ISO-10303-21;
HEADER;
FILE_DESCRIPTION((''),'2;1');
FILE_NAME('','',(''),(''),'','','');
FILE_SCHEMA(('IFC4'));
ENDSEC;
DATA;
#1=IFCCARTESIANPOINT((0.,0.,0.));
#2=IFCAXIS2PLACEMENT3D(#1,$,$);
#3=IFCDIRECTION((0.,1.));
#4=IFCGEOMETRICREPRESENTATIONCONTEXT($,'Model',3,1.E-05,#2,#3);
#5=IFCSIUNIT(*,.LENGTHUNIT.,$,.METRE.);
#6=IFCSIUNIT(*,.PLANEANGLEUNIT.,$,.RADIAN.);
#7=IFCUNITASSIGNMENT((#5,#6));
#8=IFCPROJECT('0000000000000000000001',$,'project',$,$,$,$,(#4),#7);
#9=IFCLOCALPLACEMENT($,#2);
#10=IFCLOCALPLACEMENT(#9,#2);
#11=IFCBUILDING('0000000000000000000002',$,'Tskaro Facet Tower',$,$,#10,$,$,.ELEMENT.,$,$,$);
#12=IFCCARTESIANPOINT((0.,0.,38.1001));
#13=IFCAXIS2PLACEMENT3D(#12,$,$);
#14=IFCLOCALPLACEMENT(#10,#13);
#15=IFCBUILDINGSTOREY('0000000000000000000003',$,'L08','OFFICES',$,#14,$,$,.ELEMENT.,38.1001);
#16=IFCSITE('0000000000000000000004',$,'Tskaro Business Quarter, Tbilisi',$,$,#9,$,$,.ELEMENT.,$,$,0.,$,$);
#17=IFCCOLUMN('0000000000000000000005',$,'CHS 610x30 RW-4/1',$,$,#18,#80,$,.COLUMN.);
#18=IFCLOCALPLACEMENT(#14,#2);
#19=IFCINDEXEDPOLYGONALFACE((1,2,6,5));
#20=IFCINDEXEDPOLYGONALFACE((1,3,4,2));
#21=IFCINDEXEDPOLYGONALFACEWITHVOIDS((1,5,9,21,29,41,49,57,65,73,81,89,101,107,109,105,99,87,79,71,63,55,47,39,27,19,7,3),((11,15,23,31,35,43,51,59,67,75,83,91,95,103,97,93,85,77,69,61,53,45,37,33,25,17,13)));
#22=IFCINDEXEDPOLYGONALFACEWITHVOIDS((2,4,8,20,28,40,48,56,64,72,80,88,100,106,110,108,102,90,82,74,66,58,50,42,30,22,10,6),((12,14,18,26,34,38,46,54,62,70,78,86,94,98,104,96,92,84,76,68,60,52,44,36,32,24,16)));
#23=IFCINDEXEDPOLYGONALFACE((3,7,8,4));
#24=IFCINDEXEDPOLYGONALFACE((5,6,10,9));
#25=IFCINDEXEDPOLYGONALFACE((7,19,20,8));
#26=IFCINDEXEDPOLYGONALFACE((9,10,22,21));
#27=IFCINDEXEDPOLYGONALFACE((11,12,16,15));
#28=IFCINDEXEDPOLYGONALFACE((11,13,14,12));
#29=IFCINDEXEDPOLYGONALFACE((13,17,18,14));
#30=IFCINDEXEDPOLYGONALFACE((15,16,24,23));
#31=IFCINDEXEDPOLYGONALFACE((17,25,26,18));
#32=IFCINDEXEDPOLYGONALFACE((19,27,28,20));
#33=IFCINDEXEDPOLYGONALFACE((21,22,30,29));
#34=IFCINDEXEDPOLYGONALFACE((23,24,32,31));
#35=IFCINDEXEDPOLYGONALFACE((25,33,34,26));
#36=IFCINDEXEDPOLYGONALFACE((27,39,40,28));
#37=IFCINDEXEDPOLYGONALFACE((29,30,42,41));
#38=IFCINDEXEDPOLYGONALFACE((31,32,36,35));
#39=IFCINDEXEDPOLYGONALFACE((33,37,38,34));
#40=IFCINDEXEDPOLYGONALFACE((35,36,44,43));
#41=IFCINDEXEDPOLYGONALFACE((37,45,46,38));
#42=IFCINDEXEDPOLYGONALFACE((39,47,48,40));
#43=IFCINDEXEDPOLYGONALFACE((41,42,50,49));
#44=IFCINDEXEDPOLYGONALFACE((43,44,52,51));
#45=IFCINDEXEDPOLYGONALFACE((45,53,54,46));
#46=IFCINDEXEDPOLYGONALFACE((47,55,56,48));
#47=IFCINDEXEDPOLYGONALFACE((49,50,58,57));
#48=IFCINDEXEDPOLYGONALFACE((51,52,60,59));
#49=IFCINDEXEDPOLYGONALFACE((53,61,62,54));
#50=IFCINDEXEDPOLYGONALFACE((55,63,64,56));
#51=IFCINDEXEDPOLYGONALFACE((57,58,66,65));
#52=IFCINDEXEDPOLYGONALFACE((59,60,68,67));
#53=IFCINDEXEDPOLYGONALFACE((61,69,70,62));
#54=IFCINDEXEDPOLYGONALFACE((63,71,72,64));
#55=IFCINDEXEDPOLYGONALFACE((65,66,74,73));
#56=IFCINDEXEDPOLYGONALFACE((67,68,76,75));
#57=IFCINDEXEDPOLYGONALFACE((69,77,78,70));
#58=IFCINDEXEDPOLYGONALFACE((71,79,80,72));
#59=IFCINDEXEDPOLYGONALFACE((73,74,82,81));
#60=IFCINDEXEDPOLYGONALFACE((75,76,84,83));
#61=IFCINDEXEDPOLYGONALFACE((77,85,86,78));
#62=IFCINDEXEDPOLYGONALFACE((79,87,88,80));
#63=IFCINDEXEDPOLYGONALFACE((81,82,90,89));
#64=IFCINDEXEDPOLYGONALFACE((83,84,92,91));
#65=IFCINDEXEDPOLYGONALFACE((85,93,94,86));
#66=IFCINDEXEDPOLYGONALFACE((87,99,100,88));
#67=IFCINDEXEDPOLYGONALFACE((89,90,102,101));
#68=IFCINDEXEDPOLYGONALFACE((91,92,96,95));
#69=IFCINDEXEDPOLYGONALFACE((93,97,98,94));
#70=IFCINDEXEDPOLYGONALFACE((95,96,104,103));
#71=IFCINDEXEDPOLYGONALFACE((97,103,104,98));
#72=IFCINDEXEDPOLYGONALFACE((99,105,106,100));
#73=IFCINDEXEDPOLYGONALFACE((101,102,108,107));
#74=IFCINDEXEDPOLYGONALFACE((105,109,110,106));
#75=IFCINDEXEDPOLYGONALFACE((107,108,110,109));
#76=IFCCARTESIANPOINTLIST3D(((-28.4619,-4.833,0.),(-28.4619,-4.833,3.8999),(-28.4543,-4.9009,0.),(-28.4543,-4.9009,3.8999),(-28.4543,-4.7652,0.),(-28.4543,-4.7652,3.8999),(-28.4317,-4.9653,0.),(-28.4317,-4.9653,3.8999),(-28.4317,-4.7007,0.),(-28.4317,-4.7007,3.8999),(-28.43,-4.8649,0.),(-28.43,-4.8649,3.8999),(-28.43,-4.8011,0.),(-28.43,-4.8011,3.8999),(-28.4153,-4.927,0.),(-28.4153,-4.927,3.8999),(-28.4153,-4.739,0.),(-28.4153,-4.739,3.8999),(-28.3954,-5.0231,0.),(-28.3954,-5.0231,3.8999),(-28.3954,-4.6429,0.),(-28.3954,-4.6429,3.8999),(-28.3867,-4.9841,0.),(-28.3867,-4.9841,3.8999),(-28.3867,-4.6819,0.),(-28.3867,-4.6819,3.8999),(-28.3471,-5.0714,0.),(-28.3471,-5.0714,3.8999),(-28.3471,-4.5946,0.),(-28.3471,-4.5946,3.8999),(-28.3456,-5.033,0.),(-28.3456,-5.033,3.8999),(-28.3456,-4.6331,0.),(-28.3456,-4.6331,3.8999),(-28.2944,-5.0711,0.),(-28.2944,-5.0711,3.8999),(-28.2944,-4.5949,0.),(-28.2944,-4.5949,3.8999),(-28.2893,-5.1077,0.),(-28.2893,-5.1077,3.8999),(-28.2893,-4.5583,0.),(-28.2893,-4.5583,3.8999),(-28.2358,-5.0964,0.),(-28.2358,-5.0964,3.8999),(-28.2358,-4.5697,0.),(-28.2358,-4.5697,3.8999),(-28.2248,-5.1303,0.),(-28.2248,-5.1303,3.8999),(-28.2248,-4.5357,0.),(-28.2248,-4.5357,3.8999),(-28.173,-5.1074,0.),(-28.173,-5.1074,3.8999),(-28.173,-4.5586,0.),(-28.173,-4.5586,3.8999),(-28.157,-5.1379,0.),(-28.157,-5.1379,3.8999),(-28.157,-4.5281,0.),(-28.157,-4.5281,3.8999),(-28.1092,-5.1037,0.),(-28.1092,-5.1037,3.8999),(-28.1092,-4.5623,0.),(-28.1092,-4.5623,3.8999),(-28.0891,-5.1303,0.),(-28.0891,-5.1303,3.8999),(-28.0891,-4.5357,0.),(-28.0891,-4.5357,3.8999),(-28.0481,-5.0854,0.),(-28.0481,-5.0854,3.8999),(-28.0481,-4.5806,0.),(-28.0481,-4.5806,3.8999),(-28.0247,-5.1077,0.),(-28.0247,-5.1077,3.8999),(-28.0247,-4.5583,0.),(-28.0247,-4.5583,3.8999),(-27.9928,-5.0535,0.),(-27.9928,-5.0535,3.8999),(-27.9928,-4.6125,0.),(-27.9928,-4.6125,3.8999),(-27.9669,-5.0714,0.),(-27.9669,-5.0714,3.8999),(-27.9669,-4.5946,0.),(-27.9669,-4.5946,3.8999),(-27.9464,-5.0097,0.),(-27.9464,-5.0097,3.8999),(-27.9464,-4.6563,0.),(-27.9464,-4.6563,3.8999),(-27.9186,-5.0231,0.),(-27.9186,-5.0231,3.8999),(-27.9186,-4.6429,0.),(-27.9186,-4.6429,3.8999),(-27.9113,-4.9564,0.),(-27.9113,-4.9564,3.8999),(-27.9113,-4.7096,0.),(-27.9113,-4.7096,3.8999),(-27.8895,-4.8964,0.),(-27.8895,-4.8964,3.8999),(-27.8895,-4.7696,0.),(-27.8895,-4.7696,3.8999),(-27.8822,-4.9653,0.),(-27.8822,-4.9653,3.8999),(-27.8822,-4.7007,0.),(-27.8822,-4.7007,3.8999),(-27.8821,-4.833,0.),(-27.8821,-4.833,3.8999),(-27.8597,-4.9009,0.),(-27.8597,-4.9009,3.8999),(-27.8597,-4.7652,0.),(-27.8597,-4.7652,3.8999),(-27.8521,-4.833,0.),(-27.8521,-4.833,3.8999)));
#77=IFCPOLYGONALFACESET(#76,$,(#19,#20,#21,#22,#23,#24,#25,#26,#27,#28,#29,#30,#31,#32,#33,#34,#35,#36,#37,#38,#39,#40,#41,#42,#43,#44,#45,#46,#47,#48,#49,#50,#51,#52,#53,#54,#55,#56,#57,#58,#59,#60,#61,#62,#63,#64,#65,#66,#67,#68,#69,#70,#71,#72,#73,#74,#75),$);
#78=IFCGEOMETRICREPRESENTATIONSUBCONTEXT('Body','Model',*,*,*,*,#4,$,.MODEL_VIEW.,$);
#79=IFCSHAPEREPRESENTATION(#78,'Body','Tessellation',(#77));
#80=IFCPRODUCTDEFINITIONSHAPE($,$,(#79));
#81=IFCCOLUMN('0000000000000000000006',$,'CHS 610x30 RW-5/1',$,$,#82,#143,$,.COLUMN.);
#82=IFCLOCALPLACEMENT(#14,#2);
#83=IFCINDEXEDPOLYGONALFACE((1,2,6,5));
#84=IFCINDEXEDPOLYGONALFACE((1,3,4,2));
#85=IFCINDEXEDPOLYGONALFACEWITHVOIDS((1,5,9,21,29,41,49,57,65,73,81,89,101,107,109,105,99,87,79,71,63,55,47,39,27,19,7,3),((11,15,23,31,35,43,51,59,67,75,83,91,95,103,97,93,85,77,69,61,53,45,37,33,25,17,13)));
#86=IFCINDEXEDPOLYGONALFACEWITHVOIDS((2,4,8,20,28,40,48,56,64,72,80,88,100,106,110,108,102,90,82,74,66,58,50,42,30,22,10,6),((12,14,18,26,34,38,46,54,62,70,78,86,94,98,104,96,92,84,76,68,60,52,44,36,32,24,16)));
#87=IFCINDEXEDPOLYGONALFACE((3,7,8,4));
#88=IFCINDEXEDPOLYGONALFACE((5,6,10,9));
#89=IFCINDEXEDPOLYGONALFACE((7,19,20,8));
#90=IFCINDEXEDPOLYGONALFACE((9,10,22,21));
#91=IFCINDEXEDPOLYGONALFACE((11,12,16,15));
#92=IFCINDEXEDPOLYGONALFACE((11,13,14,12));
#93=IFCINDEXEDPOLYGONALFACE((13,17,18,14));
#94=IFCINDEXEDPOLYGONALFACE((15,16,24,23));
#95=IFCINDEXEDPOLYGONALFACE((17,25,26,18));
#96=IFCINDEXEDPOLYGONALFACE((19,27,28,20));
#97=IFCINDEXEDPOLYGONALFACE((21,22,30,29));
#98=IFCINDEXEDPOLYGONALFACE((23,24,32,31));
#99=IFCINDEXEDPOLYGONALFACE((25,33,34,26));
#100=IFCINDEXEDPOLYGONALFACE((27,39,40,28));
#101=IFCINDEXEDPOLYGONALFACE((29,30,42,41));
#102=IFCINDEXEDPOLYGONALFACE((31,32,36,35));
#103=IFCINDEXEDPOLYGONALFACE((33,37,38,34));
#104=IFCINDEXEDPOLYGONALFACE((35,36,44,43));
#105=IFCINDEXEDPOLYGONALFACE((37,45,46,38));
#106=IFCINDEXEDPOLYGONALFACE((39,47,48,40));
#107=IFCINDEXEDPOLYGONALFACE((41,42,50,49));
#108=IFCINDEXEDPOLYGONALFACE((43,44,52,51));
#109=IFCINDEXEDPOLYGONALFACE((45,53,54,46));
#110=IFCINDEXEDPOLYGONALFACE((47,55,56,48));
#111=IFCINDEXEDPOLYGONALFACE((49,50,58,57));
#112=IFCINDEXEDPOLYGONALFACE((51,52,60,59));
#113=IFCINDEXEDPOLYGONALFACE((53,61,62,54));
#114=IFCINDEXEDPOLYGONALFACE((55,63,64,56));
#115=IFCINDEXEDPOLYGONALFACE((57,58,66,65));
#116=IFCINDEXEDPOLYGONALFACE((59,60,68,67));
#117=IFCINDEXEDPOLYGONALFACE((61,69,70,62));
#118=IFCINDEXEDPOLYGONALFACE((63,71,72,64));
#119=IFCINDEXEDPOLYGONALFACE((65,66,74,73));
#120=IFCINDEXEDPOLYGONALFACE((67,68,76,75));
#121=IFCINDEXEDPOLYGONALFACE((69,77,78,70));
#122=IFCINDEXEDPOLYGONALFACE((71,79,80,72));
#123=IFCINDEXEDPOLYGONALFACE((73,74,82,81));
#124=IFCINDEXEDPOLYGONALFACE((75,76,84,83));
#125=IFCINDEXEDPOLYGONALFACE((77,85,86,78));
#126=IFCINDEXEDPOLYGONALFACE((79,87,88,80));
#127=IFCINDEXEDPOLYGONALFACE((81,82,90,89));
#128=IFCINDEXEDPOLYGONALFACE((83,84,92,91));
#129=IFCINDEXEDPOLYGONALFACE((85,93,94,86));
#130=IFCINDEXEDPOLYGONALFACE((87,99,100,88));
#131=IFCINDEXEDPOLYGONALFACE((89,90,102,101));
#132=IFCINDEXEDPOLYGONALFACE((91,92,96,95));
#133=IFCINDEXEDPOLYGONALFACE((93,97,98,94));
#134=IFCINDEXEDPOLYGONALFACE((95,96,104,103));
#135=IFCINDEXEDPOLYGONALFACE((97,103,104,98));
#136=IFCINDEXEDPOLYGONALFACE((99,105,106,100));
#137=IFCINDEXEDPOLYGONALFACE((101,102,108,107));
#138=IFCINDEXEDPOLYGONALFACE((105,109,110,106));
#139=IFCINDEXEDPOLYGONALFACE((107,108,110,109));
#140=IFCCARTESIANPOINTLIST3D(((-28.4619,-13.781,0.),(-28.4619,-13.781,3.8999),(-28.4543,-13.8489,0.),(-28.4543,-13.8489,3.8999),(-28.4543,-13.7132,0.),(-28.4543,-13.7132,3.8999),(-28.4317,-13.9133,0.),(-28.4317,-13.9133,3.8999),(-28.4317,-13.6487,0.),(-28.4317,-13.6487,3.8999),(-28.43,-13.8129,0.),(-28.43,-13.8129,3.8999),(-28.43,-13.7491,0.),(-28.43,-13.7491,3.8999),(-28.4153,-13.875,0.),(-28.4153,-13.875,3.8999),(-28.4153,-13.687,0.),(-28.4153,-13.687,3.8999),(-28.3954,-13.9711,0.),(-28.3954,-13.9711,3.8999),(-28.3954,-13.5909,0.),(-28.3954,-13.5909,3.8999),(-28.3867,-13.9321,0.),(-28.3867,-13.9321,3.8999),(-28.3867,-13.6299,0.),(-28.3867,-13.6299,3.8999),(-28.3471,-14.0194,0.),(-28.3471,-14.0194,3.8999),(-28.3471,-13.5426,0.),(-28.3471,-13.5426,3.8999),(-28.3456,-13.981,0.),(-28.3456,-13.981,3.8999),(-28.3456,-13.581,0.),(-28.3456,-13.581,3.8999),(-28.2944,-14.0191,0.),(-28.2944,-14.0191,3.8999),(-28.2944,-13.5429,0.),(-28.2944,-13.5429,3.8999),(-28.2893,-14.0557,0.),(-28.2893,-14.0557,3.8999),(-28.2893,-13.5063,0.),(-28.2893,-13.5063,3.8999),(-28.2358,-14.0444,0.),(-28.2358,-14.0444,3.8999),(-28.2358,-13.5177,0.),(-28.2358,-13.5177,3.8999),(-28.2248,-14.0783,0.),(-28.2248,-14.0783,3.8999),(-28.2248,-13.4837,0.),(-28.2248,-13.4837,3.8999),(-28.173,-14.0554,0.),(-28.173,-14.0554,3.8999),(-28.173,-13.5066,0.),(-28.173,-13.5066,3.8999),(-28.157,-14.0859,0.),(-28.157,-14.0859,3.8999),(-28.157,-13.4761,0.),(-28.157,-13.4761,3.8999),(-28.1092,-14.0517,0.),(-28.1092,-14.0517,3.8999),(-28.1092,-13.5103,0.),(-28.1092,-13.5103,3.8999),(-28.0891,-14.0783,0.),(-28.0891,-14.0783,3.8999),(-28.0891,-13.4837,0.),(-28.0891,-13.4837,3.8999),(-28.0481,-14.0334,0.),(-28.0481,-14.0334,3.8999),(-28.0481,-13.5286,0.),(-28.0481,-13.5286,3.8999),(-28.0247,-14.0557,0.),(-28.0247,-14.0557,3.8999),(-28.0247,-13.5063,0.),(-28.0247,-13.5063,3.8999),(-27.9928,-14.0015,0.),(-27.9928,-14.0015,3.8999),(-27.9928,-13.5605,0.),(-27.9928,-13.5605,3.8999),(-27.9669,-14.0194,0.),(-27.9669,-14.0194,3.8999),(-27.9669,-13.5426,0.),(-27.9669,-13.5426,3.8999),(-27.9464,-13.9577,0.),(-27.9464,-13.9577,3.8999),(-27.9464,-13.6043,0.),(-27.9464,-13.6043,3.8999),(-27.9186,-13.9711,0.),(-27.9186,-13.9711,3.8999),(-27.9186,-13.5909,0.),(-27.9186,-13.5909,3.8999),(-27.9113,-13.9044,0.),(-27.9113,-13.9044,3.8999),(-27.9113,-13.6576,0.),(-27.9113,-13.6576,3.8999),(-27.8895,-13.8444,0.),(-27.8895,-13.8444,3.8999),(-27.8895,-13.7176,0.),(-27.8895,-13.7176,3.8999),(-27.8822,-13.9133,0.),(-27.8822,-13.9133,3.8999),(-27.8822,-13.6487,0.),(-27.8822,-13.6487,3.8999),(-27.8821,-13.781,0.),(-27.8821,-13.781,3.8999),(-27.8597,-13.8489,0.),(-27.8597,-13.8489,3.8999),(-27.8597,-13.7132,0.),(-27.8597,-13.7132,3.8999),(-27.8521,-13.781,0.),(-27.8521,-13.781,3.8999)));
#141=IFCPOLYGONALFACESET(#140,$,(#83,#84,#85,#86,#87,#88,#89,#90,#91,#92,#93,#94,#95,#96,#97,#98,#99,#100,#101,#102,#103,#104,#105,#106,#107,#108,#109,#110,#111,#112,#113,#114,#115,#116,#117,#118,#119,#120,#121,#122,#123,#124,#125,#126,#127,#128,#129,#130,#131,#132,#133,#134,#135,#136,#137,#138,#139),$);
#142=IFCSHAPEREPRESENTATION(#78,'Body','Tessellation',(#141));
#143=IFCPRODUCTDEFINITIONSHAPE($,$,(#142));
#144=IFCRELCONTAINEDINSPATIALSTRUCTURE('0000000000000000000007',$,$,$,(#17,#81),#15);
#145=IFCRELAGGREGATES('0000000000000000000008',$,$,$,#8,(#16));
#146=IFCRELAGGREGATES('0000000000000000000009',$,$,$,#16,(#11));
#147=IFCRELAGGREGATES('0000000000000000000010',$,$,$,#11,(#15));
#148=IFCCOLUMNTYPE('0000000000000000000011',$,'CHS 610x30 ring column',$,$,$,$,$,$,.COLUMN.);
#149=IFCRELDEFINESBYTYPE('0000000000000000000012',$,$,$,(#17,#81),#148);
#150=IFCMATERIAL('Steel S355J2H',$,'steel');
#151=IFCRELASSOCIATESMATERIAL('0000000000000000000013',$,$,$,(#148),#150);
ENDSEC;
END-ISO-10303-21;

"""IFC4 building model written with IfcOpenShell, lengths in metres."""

from ifc_helpers import new_model, si_unit, direction, frame, origin, origin_2d, place, context, subcontext, project, spatial, hollow_circle, extrude, material, material_profile, profile_set, type_object, element, save


model = new_model("IFC4")

# Units and contexts
model_context = context("Model", 3, precision=1e-05, world=origin(), true_north=direction((0.0, 1.0)))
body_context = subcontext(model_context, "Body", "Model", "MODEL_VIEW")
ifc_project = project(units=[si_unit("LENGTHUNIT", "METRE"), si_unit("PLANEANGLEUNIT", "RADIAN")], contexts=[model_context])

# Site, building, storey
site_placement = place(None, origin())
site = spatial("IfcSite", under=ifc_project, at=site_placement, Name="Tskaro Business Quarter, Tbilisi", CompositionType="ELEMENT", RefElevation=0.0)
building_placement = place(site_placement, origin())
building = spatial("IfcBuilding", under=site, at=building_placement, Name="Tskaro Facet Tower", CompositionType="ELEMENT")
storey_placement = place(building_placement, frame((0.0, 0.0, 38.1001)))
storey = spatial("IfcBuildingStorey", under=building, at=storey_placement, Name="L08", Description="OFFICES", CompositionType="ELEMENT", Elevation=38.1001)

# Columns
ifc_material_1 = material(Name="Steel S355J2H", Category="steel")
ifc_material_profile_1 = material_profile(ifc_material_1, hollow_circle(Radius=0.3049, WallThickness=0.03, at=origin_2d()), Name="CHS 610x30")
ifc_profile_set_1 = profile_set([ifc_material_profile_1], Name="Steel S355J2H")
column_type_1 = type_object("IfcColumnType", Name="CHS 610x30 ring column", PredefinedType="COLUMN", material=ifc_profile_set_1)
for number, where, z_axis, x_axis, name in (
    (1, (-28.157, -4.833, 0.0), (0.0, 0.0, 1.0), (1.0, 0.0, 0.0), "CHS 610x30 RW-4/1"),
    (2, (-28.157, -13.781, 0.0), (0.0, 0.0, 1.0), (1.0, 0.0, 0.0), "CHS 610x30 RW-5/1"),
):
    element("IfcColumn", number, at=place(storey_placement, frame(where, z_axis=z_axis, x_axis=x_axis)), inside=storey, type_object=column_type_1, Name=name, PredefinedType="COLUMN", context=body_context, shape_type="SweptSolid", body=[
        extrude(hollow_circle(Radius=0.3049, WallThickness=0.03, at=origin_2d()), origin(), (0.0, 0.0, 1.0), 3.8999),
    ])

save(model, "model.ifc")
